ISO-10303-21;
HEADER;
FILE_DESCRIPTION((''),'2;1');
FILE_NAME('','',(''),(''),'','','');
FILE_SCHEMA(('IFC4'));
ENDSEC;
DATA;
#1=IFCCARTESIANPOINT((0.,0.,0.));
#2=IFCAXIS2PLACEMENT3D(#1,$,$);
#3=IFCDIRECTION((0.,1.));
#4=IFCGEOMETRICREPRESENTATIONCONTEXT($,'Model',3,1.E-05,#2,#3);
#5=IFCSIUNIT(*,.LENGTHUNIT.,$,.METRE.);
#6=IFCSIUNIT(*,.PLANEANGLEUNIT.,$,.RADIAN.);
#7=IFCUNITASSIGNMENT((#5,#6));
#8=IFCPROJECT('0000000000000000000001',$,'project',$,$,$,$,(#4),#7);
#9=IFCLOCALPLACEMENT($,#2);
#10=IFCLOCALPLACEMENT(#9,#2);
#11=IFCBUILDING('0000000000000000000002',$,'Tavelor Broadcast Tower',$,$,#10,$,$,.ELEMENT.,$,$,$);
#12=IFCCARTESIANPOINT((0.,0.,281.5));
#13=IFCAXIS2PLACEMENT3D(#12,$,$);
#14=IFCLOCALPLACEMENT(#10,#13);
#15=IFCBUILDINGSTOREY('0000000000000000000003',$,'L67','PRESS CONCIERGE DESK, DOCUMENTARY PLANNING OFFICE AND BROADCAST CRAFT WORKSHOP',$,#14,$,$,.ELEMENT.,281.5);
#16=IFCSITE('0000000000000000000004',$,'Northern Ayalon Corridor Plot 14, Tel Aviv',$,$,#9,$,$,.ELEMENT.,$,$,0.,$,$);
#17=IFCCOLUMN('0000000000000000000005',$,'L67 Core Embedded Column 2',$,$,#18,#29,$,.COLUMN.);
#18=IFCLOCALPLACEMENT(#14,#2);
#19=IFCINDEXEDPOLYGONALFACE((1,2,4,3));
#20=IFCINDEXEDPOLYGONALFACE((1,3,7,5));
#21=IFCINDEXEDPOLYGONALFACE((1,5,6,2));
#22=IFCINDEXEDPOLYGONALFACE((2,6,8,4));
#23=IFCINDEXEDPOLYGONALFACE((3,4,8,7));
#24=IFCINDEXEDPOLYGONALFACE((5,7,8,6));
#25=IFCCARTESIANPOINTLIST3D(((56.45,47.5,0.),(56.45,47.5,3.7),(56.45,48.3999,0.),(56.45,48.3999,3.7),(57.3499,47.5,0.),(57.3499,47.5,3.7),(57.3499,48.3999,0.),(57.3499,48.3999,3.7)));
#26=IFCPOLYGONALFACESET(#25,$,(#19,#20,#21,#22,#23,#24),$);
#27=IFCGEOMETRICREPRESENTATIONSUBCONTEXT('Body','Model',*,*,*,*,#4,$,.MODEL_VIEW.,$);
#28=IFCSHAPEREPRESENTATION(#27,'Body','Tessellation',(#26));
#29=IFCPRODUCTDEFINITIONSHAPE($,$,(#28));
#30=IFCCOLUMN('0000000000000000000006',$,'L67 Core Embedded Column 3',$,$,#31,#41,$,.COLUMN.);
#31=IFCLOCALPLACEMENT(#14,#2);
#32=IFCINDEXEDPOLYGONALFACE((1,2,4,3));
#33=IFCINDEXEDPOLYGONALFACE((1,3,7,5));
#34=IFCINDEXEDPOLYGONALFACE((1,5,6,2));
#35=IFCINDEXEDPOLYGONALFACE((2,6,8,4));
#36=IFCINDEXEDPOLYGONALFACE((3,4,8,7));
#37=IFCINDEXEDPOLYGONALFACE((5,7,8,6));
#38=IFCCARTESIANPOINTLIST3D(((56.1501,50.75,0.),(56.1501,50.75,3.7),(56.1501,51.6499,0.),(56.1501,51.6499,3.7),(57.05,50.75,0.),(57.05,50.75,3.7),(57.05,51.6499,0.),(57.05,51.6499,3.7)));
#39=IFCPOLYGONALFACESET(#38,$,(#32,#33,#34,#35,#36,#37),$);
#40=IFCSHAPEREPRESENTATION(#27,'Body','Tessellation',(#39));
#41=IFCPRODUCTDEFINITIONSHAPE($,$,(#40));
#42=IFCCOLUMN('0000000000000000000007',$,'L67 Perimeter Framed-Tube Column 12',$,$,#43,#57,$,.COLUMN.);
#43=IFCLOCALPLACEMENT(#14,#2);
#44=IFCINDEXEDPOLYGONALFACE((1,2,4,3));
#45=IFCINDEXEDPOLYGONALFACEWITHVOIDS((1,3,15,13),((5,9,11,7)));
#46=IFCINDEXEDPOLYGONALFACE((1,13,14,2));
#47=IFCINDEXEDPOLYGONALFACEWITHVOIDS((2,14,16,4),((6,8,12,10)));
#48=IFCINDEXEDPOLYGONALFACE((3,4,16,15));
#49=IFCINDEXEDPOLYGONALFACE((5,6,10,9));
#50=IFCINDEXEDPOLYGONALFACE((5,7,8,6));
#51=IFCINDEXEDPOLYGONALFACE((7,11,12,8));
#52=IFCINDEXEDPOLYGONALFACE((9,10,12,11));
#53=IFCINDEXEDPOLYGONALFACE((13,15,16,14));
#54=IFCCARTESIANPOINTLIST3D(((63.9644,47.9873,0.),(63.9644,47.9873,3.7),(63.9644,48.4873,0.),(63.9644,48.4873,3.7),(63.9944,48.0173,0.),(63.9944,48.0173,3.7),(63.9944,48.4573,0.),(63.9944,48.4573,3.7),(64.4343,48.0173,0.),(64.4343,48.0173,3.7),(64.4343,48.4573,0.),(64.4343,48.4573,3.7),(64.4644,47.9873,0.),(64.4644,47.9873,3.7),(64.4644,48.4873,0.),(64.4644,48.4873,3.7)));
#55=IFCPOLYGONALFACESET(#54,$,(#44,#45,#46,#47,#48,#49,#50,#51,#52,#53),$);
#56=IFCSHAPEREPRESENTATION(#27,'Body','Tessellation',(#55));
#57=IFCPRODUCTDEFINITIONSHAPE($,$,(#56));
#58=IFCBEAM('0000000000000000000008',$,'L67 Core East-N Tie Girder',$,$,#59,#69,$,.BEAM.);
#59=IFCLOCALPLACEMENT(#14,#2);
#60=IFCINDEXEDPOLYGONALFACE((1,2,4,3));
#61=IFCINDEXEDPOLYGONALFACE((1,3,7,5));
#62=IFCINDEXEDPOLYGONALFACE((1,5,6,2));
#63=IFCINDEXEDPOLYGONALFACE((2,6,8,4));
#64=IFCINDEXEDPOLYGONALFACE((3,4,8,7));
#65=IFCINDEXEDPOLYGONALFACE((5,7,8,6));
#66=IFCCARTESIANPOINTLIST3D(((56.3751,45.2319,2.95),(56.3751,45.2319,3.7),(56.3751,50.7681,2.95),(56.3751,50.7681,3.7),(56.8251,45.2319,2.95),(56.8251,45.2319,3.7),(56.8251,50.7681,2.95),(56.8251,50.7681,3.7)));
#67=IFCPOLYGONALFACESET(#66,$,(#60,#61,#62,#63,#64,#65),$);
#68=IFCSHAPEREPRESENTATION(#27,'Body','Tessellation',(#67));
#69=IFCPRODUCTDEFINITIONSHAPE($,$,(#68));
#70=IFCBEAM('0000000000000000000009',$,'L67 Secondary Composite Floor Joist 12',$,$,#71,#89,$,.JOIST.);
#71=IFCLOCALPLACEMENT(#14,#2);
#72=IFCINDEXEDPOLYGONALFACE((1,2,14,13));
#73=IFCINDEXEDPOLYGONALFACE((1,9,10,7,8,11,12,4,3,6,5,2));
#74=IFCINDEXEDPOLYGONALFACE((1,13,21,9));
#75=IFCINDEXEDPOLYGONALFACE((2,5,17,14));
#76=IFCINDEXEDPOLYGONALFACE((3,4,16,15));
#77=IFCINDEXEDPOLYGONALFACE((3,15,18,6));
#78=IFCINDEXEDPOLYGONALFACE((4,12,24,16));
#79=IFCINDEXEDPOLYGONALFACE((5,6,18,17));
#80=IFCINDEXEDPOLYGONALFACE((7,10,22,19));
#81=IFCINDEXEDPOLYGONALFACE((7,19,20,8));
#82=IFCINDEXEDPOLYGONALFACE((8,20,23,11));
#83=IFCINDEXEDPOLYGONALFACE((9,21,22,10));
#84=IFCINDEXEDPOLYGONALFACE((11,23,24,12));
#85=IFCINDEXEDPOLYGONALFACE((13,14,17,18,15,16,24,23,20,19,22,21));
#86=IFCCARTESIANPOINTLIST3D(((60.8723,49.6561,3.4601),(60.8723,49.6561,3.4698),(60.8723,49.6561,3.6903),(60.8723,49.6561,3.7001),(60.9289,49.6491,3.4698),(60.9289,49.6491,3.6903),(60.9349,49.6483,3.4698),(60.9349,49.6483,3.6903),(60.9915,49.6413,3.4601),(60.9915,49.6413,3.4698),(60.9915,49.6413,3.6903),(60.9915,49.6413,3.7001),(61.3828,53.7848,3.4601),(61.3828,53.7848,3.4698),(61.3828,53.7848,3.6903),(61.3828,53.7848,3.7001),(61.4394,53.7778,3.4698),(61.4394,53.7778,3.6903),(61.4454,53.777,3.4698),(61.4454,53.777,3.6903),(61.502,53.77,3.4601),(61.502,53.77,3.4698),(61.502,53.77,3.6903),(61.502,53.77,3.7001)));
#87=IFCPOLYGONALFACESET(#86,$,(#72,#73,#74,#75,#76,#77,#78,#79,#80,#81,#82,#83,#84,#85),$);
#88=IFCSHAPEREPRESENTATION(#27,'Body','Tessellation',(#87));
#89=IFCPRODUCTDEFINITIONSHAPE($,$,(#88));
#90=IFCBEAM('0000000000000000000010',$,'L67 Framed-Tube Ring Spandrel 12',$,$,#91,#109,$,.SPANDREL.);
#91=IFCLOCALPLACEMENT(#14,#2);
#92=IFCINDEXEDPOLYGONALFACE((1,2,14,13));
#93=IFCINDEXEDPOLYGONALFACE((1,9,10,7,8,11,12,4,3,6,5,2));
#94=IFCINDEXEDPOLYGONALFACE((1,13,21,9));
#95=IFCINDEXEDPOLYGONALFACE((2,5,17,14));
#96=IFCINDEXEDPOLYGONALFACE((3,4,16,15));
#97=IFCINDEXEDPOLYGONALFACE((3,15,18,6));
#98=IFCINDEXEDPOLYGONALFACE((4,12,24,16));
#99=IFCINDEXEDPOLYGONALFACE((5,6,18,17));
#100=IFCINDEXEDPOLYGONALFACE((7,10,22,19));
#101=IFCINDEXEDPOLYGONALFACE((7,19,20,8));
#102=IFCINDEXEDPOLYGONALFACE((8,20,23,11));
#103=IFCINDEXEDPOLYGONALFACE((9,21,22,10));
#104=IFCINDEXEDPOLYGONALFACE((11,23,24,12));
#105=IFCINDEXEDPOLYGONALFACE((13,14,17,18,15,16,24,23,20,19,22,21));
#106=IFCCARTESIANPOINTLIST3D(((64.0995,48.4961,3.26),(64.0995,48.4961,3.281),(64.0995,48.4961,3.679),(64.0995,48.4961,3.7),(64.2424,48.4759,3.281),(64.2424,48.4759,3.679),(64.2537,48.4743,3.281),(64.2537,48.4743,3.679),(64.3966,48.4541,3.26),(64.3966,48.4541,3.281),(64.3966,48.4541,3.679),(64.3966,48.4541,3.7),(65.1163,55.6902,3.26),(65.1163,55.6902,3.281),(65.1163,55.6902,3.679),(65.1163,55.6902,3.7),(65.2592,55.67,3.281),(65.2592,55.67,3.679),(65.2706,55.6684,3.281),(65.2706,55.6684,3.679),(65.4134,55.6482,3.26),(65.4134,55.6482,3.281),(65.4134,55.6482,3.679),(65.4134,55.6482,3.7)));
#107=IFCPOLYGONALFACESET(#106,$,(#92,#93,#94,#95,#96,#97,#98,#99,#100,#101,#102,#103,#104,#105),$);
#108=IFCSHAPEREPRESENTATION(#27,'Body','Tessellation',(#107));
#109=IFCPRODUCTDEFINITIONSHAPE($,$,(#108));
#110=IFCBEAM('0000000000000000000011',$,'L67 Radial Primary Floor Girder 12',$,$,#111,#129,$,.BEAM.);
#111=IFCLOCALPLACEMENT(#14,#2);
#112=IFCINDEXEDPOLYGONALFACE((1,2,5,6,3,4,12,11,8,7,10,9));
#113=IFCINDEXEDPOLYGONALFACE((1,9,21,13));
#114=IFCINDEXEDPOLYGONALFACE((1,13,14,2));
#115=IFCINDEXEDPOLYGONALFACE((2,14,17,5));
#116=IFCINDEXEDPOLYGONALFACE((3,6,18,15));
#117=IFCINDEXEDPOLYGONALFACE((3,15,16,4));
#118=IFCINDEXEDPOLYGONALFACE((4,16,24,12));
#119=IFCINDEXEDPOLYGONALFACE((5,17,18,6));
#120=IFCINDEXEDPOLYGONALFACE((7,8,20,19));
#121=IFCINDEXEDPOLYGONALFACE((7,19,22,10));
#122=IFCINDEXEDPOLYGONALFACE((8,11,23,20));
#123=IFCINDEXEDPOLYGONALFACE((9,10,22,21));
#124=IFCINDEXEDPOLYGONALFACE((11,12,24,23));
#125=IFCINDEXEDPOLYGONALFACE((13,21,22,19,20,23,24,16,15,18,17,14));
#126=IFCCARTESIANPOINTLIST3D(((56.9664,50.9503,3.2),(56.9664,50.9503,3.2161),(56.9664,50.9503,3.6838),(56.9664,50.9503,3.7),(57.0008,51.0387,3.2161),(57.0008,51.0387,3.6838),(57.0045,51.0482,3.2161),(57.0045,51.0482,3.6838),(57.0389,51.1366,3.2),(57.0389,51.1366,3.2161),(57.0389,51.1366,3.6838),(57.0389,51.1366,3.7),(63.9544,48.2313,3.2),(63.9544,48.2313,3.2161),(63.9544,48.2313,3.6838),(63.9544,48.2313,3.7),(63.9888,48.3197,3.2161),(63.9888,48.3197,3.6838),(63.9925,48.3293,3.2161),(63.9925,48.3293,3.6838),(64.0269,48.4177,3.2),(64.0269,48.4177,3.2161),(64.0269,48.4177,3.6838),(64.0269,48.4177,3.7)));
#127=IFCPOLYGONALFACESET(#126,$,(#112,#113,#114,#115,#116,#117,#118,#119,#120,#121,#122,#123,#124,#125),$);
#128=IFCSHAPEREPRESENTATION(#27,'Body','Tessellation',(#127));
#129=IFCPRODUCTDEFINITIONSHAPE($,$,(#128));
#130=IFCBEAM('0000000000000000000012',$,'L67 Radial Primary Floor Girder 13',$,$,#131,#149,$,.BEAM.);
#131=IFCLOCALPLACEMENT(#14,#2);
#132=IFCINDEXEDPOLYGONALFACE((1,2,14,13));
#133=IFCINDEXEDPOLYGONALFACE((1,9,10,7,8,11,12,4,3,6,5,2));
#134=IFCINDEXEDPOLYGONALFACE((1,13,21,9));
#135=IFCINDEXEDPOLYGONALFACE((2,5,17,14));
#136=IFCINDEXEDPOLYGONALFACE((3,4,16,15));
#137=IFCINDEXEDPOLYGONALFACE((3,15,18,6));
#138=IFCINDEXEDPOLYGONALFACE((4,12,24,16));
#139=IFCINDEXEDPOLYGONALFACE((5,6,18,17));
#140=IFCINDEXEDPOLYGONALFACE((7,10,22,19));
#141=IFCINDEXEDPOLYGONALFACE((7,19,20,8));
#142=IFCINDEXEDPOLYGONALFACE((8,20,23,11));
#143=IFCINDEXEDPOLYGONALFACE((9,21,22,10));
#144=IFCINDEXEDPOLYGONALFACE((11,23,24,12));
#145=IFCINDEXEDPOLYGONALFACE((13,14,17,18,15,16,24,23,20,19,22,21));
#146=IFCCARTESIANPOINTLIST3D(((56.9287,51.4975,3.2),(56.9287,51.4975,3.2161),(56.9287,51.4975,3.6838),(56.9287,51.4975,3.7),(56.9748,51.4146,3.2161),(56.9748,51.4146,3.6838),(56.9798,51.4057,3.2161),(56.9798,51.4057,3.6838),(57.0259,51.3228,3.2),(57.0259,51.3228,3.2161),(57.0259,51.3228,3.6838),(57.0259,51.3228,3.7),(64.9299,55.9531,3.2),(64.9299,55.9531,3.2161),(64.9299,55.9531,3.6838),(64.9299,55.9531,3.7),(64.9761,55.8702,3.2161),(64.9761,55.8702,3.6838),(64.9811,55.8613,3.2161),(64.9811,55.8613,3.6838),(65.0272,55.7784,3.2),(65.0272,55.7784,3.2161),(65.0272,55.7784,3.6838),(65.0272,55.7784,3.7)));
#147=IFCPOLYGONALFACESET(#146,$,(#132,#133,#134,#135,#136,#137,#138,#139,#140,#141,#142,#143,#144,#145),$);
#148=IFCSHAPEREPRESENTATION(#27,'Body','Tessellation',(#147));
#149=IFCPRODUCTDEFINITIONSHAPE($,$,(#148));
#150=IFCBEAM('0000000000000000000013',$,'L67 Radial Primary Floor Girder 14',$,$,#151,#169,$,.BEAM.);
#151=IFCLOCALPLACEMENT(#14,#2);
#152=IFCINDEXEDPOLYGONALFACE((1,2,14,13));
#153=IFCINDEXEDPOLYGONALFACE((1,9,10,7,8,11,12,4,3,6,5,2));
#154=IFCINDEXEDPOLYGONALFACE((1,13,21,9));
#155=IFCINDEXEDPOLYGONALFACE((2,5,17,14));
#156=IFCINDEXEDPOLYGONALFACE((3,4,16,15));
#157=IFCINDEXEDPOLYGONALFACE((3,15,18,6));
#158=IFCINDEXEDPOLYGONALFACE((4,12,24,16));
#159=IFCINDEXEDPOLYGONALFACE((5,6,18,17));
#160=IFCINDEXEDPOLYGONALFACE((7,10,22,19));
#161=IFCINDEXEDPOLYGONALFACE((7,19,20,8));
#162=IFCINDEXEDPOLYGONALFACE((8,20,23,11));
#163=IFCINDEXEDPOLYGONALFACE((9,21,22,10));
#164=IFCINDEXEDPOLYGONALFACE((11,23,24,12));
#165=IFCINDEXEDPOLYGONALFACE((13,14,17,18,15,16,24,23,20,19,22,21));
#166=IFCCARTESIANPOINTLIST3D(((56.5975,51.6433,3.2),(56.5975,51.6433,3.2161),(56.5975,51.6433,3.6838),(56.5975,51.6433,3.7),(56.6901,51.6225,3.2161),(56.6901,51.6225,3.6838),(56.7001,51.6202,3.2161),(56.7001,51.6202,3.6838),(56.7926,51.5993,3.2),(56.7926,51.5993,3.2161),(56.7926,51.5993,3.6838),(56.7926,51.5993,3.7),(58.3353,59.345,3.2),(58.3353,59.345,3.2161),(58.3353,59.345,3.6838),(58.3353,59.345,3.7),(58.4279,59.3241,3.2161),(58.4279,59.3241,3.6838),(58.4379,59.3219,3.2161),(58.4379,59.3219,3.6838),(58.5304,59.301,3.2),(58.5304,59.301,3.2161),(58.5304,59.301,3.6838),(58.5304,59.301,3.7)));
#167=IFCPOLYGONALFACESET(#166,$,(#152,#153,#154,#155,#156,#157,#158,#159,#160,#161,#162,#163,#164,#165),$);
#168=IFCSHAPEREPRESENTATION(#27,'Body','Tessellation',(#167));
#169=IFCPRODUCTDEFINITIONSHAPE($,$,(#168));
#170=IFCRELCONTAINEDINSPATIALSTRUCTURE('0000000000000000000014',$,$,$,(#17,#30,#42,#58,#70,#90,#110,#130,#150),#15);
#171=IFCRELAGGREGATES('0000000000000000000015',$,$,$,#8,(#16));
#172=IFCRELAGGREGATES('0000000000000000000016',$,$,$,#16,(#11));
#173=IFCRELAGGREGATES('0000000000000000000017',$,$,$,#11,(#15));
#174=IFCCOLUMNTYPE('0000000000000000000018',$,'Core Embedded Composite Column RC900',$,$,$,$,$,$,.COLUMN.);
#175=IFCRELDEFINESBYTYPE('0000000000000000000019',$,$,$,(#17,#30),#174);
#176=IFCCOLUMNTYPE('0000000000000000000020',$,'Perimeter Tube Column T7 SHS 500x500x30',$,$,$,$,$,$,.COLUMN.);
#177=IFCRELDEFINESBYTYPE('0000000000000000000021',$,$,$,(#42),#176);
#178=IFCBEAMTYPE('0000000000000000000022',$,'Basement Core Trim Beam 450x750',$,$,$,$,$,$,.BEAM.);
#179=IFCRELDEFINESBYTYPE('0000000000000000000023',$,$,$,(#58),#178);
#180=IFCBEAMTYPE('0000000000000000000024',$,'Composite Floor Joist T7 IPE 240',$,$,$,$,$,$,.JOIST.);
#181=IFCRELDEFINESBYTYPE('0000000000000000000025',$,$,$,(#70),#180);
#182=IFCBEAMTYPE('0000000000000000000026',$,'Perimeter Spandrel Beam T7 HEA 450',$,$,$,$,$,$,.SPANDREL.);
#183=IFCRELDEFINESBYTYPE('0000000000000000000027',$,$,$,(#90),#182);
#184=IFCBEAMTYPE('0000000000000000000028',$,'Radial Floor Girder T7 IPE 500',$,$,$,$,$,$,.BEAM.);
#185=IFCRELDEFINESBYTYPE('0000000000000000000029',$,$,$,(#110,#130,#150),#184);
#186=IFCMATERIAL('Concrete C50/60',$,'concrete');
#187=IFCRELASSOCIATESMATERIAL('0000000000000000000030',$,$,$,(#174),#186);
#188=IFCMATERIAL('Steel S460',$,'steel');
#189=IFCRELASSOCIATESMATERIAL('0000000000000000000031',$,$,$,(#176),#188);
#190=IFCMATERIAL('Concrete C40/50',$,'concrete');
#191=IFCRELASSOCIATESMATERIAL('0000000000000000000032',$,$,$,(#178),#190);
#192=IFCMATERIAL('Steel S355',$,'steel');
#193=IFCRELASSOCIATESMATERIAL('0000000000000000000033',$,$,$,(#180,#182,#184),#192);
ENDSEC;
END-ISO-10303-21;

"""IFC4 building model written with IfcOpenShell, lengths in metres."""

from ifc_helpers import new_model, si_unit, direction, frame, origin, origin_2d, place, context, subcontext, project, spatial, rectangle, hollow_rectangle, i_section, extrude, material, material_profile, profile_set, type_object, element, save


model = new_model("IFC4")

# Units and contexts
model_context = context("Model", 3, precision=1e-05, world=origin(), true_north=direction((0.0, 1.0)))
body_context = subcontext(model_context, "Body", "Model", "MODEL_VIEW")
ifc_project = project(units=[si_unit("LENGTHUNIT", "METRE"), si_unit("PLANEANGLEUNIT", "RADIAN")], contexts=[model_context])

# Site, building, storey
site_placement = place(None, origin())
site = spatial("IfcSite", under=ifc_project, at=site_placement, Name="Northern Ayalon Corridor Plot 14, Tel Aviv", CompositionType="ELEMENT", RefElevation=0.0)
building_placement = place(site_placement, origin())
building = spatial("IfcBuilding", under=site, at=building_placement, Name="Tavelor Broadcast Tower", CompositionType="ELEMENT")
storey_placement = place(building_placement, frame((0.0, 0.0, 281.5)))
storey = spatial("IfcBuildingStorey", under=building, at=storey_placement, Name="L67", Description="PRESS CONCIERGE DESK, DOCUMENTARY PLANNING OFFICE AND BROADCAST CRAFT WORKSHOP", CompositionType="ELEMENT", Elevation=281.5)

# Columns
ifc_material_1 = material(Name="Concrete C50/60", Category="concrete")
ifc_material_profile_1 = material_profile(ifc_material_1, rectangle(XDim=0.8999, YDim=0.8999, at=origin_2d()), Name="RC 900x900")
ifc_profile_set_1 = profile_set([ifc_material_profile_1], Name="Concrete C50/60")
column_type_1 = type_object("IfcColumnType", Name="Core Embedded Composite Column RC900", PredefinedType="COLUMN", material=ifc_profile_set_1)
for number, where, z_axis, x_axis, name in (
    (1, (56.8999, 47.95, 0.0), (0.0, 0.0, 1.0), (1.0, 0.0, 0.0), "L67 Core Embedded Column 2"),
    (2, (56.6001, 51.2, 0.0), (0.0, 0.0, 1.0), (1.0, 0.0, 0.0), "L67 Core Embedded Column 3"),
):
    element("IfcColumn", number, at=place(storey_placement, frame(where, z_axis=z_axis, x_axis=x_axis)), inside=storey, type_object=column_type_1, Name=name, PredefinedType="COLUMN", context=body_context, shape_type="SweptSolid", body=[
        extrude(rectangle(XDim=0.8999, YDim=0.8999, at=origin_2d()), origin(), (0.0, 0.0, 1.0), 3.7),
    ])
ifc_material_2 = material(Name="Steel S460", Category="steel")
ifc_material_profile_2 = material_profile(ifc_material_2, hollow_rectangle(XDim=0.5, YDim=0.5, WallThickness=0.03, at=origin_2d()), Name="SHS 500x500x30")
ifc_profile_set_2 = profile_set([ifc_material_profile_2], Name="Steel S460")
column_type_2 = type_object("IfcColumnType", Name="Perimeter Tube Column T7 SHS 500x500x30", PredefinedType="COLUMN", material=ifc_profile_set_2)
column_placement = place(storey_placement, frame((64.2144, 48.2373, 0.0), z_axis=(0.0, 0.0, 1.0), x_axis=(1.0, 0.0, 0.0)))
element("IfcColumn", 3, at=column_placement, inside=storey, type_object=column_type_2, Name="L67 Perimeter Framed-Tube Column 12", PredefinedType="COLUMN", context=body_context, shape_type="SweptSolid", body=[
    extrude(hollow_rectangle(XDim=0.5, YDim=0.5, WallThickness=0.03, at=origin_2d()), origin(), (0.0, 0.0, 1.0), 3.7),
])

# Beams
ifc_material_3 = material(Name="Concrete C40/50", Category="concrete")
ifc_material_profile_3 = material_profile(ifc_material_3, rectangle(XDim=0.45, YDim=0.75, at=origin_2d()), Name="RC 450x750")
ifc_profile_set_3 = profile_set([ifc_material_profile_3], Name="Concrete C40/50")
beam_type_1 = type_object("IfcBeamType", Name="Basement Core Trim Beam 450x750", PredefinedType="BEAM", material=ifc_profile_set_3)
beam_1_placement = place(storey_placement, frame((56.6001, 45.2319, 3.325), z_axis=(0.0, 1.0, 0.0), x_axis=(-1.0, 0.0, 0.0)))
element("IfcBeam", 4, at=beam_1_placement, inside=storey, type_object=beam_type_1, Name="L67 Core East-N Tie Girder", PredefinedType="BEAM", context=body_context, shape_type="SweptSolid", body=[
    extrude(rectangle(XDim=0.45, YDim=0.75, at=origin_2d()), origin(), (0.0, 0.0, 1.0), 5.5361),
])
ifc_material_4 = material(Name="Steel S355", Category="steel")
ifc_material_profile_4 = material_profile(ifc_material_4, i_section(OverallWidth=0.1201, OverallDepth=0.24, WebThickness=0.0061, FlangeThickness=0.0098, at=origin_2d()), Name="IPE 240")
ifc_profile_set_4 = profile_set([ifc_material_profile_4], Name="Steel S355")
beam_type_2 = type_object("IfcBeamType", Name="Composite Floor Joist T7 IPE 240", PredefinedType="JOIST", material=ifc_profile_set_4)
beam_2_placement = place(storey_placement, frame((60.9319, 49.6487, 3.5801), z_axis=(0.122713, 0.992442, 0.0), x_axis=(-0.992442, 0.122713, 0.0)))
element("IfcBeam", 5, at=beam_2_placement, inside=storey, type_object=beam_type_2, Name="L67 Secondary Composite Floor Joist 12", PredefinedType="JOIST", context=body_context, shape_type="SweptSolid", body=[
    extrude(i_section(OverallWidth=0.1201, OverallDepth=0.24, WebThickness=0.0061, FlangeThickness=0.0098, at=origin_2d()), origin(), (0.0, 0.0, 1.0), 4.1602),
])
ifc_material_profile_5 = material_profile(ifc_material_4, i_section(OverallWidth=0.3, OverallDepth=0.4399, WebThickness=0.0115, FlangeThickness=0.021, at=origin_2d()), Name="HEA 450")
ifc_profile_set_5 = profile_set([ifc_material_profile_5], Name="Steel S355")
beam_type_3 = type_object("IfcBeamType", Name="Perimeter Spandrel Beam T7 HEA 450", PredefinedType="SPANDREL", material=ifc_profile_set_5)
beam_3_placement = place(storey_placement, frame((64.248, 48.4751, 3.48), z_axis=(0.139953, 0.990158, 0.0), x_axis=(-0.990158, 0.139953, 0.0)))
element("IfcBeam", 6, at=beam_3_placement, inside=storey, type_object=beam_type_3, Name="L67 Framed-Tube Ring Spandrel 12", PredefinedType="SPANDREL", context=body_context, shape_type="SweptSolid", body=[
    extrude(i_section(OverallWidth=0.3, OverallDepth=0.4399, WebThickness=0.0115, FlangeThickness=0.021, at=origin_2d()), origin(), (0.0, 0.0, 1.0), 7.2656),
])
ifc_material_profile_6 = material_profile(ifc_material_4, i_section(OverallWidth=0.2, OverallDepth=0.5, WebThickness=0.0103, FlangeThickness=0.0161, at=origin_2d()), Name="IPE 500")
ifc_profile_set_6 = profile_set([ifc_material_profile_6], Name="Steel S355")
beam_type_4 = type_object("IfcBeamType", Name="Radial Floor Girder T7 IPE 500", PredefinedType="BEAM", material=ifc_profile_set_6)
beam_4_placement = place(storey_placement, frame((57.0027, 51.0435, 3.45), z_axis=(0.93194, -0.362611, 0.0), x_axis=(0.362611, 0.93194, 0.0)))
element("IfcBeam", 7, at=beam_4_placement, inside=storey, type_object=beam_type_4, Name="L67 Radial Primary Floor Girder 12", PredefinedType="BEAM", context=body_context, shape_type="SweptSolid", body=[
    extrude(i_section(OverallWidth=0.2, OverallDepth=0.5, WebThickness=0.0103, FlangeThickness=0.0161, at=origin_2d()), origin(), (0.0, 0.0, 1.0), 7.4983),
])
beam_5_placement = place(storey_placement, frame((56.9773, 51.4102, 3.45), z_axis=(0.873673, 0.486514, 0.0), x_axis=(-0.486514, 0.873673, 0.0)))
element("IfcBeam", 8, at=beam_5_placement, inside=storey, type_object=beam_type_4, Name="L67 Radial Primary Floor Girder 13", PredefinedType="BEAM", context=body_context, shape_type="SweptSolid", body=[
    extrude(i_section(OverallWidth=0.2, OverallDepth=0.5, WebThickness=0.0103, FlangeThickness=0.0161, at=origin_2d()), origin(), (0.0, 0.0, 1.0), 9.1582),
])
beam_6_placement = place(storey_placement, frame((56.6951, 51.6213, 3.45), z_axis=(0.220105, 0.975476, 0.0), x_axis=(-0.975476, 0.220105, 0.0)))
element("IfcBeam", 9, at=beam_6_placement, inside=storey, type_object=beam_type_4, Name="L67 Radial Primary Floor Girder 14", PredefinedType="BEAM", context=body_context, shape_type="SweptSolid", body=[
    extrude(i_section(OverallWidth=0.2, OverallDepth=0.5, WebThickness=0.0103, FlangeThickness=0.0161, at=origin_2d()), origin(), (0.0, 0.0, 1.0), 7.8953),
])

save(model, "model.ifc")
